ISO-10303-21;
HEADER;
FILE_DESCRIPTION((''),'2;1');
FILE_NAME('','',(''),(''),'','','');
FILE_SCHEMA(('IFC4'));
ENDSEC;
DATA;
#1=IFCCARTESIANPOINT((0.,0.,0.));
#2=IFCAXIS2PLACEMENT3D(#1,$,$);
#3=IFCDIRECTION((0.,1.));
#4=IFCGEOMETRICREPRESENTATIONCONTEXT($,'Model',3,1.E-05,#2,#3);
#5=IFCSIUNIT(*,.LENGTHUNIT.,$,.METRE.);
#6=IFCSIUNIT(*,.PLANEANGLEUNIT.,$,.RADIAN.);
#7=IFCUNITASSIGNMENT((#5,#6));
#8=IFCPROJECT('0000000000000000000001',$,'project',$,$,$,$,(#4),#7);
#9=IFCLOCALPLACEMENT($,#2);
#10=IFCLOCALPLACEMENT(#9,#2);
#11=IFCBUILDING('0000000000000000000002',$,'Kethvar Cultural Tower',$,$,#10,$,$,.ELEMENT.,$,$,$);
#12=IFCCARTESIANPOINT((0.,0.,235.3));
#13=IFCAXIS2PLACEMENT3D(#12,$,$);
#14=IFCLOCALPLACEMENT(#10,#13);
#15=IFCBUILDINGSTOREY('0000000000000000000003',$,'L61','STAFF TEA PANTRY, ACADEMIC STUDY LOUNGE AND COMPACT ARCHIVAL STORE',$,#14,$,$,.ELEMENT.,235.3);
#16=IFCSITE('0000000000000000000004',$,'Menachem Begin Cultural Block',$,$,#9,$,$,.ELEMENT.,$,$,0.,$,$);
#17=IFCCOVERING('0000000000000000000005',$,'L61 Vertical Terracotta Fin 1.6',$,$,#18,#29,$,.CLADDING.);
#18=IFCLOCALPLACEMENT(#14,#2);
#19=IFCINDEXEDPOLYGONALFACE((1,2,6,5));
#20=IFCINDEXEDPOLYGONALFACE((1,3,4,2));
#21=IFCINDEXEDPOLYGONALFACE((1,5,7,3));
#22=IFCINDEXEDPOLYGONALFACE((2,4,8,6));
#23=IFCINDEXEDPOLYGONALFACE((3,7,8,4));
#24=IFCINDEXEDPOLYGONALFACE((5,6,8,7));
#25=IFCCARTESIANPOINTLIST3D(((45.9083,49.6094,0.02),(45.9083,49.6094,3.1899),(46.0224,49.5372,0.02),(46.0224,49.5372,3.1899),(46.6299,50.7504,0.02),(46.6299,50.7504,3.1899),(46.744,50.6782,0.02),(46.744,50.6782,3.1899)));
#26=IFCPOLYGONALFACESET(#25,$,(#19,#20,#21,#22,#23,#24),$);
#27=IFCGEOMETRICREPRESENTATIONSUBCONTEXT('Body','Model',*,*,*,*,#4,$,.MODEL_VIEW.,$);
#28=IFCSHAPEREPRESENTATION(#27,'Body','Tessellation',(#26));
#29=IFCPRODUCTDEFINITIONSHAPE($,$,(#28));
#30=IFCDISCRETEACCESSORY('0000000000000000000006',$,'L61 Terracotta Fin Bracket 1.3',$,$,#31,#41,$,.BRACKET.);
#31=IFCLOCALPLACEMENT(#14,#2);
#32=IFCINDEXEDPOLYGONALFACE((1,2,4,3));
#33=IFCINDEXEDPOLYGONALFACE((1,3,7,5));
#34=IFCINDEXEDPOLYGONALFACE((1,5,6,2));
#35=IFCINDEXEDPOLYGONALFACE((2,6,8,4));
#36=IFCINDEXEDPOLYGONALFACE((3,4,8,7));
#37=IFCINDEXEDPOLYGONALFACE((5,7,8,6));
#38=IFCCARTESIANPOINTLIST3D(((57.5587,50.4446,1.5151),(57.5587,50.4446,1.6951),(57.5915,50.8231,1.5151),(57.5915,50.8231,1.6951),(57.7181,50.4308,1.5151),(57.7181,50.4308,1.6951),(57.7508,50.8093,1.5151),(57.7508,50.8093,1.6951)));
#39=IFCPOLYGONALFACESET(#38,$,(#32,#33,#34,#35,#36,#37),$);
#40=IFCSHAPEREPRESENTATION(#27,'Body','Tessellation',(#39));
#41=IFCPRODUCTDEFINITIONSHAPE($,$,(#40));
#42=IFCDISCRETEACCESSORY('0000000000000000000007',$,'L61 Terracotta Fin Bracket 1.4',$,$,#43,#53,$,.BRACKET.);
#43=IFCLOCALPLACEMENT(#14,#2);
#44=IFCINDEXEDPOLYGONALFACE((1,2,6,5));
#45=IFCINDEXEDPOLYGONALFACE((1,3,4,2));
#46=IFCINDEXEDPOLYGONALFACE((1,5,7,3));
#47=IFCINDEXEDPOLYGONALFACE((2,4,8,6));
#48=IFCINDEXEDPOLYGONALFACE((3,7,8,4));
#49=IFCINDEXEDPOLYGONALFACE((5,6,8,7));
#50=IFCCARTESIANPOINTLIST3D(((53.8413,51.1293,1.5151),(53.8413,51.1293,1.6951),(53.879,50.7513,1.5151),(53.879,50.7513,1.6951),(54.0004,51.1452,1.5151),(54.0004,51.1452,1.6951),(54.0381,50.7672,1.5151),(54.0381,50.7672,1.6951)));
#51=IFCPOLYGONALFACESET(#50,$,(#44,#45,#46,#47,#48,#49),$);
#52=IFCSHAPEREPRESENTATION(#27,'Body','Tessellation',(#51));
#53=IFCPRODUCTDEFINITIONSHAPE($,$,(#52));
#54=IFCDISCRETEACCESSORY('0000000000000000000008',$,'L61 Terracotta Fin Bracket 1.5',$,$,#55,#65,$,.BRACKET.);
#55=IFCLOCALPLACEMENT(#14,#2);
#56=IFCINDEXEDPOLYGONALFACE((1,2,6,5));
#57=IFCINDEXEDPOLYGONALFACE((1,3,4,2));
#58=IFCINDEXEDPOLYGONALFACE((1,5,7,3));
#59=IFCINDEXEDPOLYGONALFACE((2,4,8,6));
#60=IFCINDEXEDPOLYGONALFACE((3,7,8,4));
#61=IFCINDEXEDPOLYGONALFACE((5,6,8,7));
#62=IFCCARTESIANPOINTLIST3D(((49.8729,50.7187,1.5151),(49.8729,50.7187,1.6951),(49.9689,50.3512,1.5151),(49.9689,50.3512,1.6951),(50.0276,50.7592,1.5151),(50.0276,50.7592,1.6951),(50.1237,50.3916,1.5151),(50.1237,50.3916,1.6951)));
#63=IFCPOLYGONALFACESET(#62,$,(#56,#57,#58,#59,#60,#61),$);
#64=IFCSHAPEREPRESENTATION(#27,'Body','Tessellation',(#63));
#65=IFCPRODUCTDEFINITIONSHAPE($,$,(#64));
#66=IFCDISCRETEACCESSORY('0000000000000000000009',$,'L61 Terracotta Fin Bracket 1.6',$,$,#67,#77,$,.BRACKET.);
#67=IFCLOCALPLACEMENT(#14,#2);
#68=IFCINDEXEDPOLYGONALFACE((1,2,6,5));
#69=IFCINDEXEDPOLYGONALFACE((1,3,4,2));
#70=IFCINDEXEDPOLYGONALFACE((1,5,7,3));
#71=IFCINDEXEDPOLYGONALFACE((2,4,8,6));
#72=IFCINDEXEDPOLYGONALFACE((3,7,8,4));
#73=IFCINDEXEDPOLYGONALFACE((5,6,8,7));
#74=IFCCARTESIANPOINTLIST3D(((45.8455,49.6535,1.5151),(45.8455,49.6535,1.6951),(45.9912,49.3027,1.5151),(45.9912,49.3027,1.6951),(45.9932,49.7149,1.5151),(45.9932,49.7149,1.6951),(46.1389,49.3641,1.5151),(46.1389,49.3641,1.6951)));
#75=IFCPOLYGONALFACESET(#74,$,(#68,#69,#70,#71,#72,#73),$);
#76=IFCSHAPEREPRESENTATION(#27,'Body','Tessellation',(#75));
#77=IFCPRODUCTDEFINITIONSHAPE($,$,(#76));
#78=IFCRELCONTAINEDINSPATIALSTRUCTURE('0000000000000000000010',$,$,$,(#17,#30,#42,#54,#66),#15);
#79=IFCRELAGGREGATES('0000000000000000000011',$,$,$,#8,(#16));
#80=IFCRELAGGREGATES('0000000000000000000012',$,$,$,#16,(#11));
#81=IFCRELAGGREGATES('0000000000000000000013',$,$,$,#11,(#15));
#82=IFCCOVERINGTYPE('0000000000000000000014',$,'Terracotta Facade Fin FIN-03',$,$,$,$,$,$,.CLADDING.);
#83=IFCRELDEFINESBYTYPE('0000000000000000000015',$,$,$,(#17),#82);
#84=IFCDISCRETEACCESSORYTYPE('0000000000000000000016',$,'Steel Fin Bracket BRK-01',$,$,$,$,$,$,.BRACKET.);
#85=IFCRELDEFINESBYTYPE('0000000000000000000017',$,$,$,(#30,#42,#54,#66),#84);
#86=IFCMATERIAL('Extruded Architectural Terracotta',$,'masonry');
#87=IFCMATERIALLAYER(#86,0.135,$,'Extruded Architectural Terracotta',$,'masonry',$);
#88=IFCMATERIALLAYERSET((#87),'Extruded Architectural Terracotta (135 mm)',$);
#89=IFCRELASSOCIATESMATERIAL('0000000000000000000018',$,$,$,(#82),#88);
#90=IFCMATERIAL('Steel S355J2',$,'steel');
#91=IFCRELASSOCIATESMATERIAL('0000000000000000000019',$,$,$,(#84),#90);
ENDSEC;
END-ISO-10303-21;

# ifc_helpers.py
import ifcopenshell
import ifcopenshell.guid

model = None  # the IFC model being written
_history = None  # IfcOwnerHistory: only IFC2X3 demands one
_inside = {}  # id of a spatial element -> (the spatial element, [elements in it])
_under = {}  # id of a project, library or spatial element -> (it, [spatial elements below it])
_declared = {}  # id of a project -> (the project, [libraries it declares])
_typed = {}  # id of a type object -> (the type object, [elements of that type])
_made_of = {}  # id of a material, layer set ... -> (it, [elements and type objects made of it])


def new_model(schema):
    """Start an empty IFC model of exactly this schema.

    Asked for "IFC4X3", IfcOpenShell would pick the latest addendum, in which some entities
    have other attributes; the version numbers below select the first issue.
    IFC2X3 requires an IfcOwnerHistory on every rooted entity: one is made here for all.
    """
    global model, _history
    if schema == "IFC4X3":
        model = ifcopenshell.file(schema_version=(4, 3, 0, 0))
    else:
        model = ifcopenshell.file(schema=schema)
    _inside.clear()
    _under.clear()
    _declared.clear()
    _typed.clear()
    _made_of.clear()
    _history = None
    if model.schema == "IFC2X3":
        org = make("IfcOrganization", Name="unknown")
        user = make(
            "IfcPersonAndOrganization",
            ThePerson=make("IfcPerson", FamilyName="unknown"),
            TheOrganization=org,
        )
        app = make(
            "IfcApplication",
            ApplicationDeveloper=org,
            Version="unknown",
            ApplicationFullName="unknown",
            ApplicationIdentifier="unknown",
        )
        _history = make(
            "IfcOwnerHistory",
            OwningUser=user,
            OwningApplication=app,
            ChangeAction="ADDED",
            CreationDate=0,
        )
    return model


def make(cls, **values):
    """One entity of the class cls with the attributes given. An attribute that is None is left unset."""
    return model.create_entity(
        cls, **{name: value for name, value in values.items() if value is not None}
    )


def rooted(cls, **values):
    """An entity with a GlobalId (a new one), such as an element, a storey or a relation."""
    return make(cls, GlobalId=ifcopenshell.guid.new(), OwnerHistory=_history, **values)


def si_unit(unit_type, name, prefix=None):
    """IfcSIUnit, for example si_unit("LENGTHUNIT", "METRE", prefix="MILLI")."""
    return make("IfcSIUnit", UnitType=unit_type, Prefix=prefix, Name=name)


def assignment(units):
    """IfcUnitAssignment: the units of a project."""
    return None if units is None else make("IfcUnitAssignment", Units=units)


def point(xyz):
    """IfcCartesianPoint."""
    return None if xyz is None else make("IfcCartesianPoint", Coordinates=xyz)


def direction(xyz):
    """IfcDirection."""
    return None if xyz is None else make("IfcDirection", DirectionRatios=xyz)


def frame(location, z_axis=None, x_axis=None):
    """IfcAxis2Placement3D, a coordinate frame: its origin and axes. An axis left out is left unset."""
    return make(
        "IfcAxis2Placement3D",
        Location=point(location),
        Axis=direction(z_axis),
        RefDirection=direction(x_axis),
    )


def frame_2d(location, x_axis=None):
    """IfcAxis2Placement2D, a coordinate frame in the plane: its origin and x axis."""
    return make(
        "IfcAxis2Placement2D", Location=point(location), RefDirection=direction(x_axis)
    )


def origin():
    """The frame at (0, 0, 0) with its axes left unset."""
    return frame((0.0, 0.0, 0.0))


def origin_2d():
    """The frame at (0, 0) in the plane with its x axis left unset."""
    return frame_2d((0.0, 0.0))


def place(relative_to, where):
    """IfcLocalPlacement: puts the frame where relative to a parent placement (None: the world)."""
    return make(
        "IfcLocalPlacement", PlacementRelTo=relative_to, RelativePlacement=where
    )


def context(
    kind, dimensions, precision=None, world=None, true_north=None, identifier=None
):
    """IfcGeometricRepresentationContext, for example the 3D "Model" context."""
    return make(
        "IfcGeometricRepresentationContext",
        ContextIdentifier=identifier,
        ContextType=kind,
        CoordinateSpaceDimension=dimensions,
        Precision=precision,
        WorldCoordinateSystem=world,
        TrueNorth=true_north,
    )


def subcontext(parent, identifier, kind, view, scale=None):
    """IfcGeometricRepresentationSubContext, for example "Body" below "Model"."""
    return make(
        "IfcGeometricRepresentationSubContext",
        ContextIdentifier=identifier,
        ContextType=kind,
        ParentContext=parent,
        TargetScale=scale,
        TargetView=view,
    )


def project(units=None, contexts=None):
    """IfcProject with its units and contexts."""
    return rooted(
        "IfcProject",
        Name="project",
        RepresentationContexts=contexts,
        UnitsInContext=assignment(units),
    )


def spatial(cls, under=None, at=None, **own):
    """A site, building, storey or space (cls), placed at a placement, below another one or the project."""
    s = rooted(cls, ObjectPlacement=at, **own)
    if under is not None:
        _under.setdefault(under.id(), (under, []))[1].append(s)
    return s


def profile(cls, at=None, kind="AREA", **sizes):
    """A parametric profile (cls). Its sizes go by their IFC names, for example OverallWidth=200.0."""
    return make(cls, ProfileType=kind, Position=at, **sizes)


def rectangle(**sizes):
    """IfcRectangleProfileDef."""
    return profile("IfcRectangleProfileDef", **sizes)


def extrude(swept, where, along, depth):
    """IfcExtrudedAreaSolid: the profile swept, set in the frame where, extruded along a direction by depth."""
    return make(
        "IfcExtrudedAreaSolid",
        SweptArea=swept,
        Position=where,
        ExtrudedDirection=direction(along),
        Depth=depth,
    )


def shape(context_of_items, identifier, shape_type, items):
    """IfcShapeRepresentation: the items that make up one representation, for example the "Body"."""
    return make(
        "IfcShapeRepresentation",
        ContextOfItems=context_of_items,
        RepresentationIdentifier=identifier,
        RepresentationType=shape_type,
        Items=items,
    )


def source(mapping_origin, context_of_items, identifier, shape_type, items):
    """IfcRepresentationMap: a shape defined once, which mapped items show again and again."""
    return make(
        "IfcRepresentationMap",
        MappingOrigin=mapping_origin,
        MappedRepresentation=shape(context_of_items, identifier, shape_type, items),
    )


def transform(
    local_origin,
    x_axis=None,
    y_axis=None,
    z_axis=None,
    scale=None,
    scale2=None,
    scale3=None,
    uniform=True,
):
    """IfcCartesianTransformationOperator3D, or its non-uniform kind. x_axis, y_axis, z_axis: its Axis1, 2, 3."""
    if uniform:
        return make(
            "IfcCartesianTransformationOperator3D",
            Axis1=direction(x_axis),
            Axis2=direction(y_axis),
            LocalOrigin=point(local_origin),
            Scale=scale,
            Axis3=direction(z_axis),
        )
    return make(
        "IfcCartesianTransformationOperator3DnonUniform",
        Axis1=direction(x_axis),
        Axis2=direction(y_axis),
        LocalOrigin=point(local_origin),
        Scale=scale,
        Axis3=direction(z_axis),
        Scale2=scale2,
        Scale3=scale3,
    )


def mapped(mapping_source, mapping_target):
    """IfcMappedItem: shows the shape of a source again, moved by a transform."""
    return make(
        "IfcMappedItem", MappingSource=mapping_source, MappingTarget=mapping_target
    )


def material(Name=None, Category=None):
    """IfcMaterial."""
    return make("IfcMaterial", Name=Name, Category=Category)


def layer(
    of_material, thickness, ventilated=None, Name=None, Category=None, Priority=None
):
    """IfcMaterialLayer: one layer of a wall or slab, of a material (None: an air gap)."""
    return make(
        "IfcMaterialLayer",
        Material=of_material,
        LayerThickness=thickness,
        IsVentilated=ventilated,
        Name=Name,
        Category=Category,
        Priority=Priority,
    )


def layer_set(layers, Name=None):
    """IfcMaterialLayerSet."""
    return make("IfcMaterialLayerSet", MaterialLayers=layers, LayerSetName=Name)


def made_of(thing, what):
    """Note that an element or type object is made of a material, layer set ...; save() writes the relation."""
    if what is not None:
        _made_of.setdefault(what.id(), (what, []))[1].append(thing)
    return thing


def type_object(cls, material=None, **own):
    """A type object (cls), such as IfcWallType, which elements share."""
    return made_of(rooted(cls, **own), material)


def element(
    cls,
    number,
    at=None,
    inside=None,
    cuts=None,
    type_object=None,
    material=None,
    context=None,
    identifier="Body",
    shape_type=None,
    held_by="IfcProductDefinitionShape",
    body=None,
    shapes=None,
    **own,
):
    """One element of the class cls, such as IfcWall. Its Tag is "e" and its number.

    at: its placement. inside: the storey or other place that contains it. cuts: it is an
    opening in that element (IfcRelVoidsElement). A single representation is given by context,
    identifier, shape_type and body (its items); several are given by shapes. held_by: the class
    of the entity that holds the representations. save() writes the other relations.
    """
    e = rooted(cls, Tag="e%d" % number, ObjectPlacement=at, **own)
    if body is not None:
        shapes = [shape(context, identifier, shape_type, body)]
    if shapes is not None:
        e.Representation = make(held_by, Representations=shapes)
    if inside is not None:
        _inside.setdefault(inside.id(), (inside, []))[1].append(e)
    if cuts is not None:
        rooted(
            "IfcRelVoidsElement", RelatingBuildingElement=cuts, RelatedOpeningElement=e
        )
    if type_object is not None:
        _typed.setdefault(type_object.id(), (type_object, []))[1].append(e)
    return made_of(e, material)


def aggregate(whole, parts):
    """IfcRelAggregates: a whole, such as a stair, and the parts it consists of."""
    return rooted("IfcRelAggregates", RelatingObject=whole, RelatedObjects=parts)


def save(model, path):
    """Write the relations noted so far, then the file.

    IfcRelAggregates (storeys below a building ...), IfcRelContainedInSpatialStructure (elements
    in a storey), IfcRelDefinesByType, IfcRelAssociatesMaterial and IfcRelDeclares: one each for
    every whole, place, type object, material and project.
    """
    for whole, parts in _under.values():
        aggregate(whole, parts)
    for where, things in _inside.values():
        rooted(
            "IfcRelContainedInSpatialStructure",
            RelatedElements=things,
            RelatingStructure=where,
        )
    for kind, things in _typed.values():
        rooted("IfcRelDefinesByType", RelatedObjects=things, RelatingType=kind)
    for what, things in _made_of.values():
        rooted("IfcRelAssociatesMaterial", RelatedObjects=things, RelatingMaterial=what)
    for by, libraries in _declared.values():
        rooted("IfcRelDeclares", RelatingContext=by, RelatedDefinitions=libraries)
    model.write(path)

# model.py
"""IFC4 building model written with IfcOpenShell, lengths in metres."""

from ifc_helpers import new_model, si_unit, direction, frame, origin, origin_2d, place, context, subcontext, project, spatial, rectangle, extrude, source, transform, mapped, material, layer, layer_set, type_object, element, save


model = new_model("IFC4")

# Units and contexts
model_context = context("Model", 3, precision=1e-05, world=origin(), true_north=direction((0.0, 1.0)))
body_context = subcontext(model_context, "Body", "Model", "MODEL_VIEW")
ifc_project = project(units=[si_unit("LENGTHUNIT", "METRE"), si_unit("PLANEANGLEUNIT", "RADIAN")], contexts=[model_context])

# Site, building, storey
site_placement = place(None, origin())
site = spatial("IfcSite", under=ifc_project, at=site_placement, Name="Menachem Begin Cultural Block", CompositionType="ELEMENT", RefElevation=0.0)
building_placement = place(site_placement, origin())
building = spatial("IfcBuilding", under=site, at=building_placement, Name="Kethvar Cultural Tower", CompositionType="ELEMENT")
storey_placement = place(building_placement, frame((0.0, 0.0, 235.3)))
storey = spatial("IfcBuildingStorey", under=building, at=storey_placement, Name="L61", Description="STAFF TEA PANTRY, ACADEMIC STUDY LOUNGE AND COMPACT ARCHIVAL STORE", CompositionType="ELEMENT", Elevation=235.3)

# Shared definitions
ifc_material_1 = material(Name="Steel S355J2", Category="steel")

# Covering
ifc_material_2 = material(Name="Extruded Architectural Terracotta", Category="masonry")
ifc_layer_1 = layer(ifc_material_2, 0.135, Name="Extruded Architectural Terracotta", Category="masonry")
ifc_layer_set_1 = layer_set([ifc_layer_1], Name="Extruded Architectural Terracotta (135 mm)")
covering_type = type_object("IfcCoveringType", Name="Terracotta Facade Fin FIN-03", PredefinedType="CLADDING", material=ifc_layer_set_1)
shared_shape_1 = source(origin(), body_context, "Body", "SweptSolid", [
    extrude(rectangle(XDim=1.3501, YDim=0.135, at=origin_2d()), origin(), (0.0, 0.0, 1.0), 3.1699),
])
for number, where, z_axis, x_axis, name in (
    (1, (46.3262, 50.1438, 0.02), (0.0, 0.0, 1.0), (0.5345, 0.845169, 0.0), "L61 Vertical Terracotta Fin 1.6"),
):
    element("IfcCovering", number, at=place(storey_placement, frame(where, z_axis=z_axis, x_axis=x_axis)), inside=storey, type_object=covering_type, Name=name, PredefinedType="CLADDING", context=body_context, shape_type="MappedRepresentation", body=[
        mapped(shared_shape_1, transform((0.0, 0.0, 0.0), scale=1.0)),
    ])

# Discrete accessories
discrete_accessory_type = type_object("IfcDiscreteAccessoryType", Name="Steel Fin Bracket BRK-01", PredefinedType="BRACKET", material=ifc_material_1)
shared_shape_2 = source(origin(), body_context, "Body", "SweptSolid", [
    extrude(rectangle(XDim=0.3799, YDim=0.1599, at=origin_2d()), origin(), (0.0, 0.0, 1.0), 0.1799),
])
for number, where, z_axis, x_axis, name in (
    (2, (57.6548, 50.627, 1.5151), (0.0, 0.0, 1.0), (0.086286, 0.99627, 0.0), "L61 Terracotta Fin Bracket 1.3"),
    (3, (53.9397, 50.9482, 1.5151), (0.0, 0.0, 1.0), (-0.099146, 0.995073, 0.0), "L61 Terracotta Fin Bracket 1.4"),
    (4, (49.9983, 50.5552, 1.5151), (0.0, 0.0, 1.0), (-0.252745, 0.967533, 0.0), "L61 Terracotta Fin Bracket 1.5"),
    (5, (45.9922, 49.5088, 1.5151), (0.0, 0.0, 1.0), (-0.383651, 0.923478, 0.0), "L61 Terracotta Fin Bracket 1.6"),
):
    element("IfcDiscreteAccessory", number, at=place(storey_placement, frame(where, z_axis=z_axis, x_axis=x_axis)), inside=storey, type_object=discrete_accessory_type, Name=name, PredefinedType="BRACKET", context=body_context, shape_type="MappedRepresentation", body=[
        mapped(shared_shape_2, transform((0.0, 0.0, 0.0), scale=1.0)),
    ])

save(model, "model.ifc")
